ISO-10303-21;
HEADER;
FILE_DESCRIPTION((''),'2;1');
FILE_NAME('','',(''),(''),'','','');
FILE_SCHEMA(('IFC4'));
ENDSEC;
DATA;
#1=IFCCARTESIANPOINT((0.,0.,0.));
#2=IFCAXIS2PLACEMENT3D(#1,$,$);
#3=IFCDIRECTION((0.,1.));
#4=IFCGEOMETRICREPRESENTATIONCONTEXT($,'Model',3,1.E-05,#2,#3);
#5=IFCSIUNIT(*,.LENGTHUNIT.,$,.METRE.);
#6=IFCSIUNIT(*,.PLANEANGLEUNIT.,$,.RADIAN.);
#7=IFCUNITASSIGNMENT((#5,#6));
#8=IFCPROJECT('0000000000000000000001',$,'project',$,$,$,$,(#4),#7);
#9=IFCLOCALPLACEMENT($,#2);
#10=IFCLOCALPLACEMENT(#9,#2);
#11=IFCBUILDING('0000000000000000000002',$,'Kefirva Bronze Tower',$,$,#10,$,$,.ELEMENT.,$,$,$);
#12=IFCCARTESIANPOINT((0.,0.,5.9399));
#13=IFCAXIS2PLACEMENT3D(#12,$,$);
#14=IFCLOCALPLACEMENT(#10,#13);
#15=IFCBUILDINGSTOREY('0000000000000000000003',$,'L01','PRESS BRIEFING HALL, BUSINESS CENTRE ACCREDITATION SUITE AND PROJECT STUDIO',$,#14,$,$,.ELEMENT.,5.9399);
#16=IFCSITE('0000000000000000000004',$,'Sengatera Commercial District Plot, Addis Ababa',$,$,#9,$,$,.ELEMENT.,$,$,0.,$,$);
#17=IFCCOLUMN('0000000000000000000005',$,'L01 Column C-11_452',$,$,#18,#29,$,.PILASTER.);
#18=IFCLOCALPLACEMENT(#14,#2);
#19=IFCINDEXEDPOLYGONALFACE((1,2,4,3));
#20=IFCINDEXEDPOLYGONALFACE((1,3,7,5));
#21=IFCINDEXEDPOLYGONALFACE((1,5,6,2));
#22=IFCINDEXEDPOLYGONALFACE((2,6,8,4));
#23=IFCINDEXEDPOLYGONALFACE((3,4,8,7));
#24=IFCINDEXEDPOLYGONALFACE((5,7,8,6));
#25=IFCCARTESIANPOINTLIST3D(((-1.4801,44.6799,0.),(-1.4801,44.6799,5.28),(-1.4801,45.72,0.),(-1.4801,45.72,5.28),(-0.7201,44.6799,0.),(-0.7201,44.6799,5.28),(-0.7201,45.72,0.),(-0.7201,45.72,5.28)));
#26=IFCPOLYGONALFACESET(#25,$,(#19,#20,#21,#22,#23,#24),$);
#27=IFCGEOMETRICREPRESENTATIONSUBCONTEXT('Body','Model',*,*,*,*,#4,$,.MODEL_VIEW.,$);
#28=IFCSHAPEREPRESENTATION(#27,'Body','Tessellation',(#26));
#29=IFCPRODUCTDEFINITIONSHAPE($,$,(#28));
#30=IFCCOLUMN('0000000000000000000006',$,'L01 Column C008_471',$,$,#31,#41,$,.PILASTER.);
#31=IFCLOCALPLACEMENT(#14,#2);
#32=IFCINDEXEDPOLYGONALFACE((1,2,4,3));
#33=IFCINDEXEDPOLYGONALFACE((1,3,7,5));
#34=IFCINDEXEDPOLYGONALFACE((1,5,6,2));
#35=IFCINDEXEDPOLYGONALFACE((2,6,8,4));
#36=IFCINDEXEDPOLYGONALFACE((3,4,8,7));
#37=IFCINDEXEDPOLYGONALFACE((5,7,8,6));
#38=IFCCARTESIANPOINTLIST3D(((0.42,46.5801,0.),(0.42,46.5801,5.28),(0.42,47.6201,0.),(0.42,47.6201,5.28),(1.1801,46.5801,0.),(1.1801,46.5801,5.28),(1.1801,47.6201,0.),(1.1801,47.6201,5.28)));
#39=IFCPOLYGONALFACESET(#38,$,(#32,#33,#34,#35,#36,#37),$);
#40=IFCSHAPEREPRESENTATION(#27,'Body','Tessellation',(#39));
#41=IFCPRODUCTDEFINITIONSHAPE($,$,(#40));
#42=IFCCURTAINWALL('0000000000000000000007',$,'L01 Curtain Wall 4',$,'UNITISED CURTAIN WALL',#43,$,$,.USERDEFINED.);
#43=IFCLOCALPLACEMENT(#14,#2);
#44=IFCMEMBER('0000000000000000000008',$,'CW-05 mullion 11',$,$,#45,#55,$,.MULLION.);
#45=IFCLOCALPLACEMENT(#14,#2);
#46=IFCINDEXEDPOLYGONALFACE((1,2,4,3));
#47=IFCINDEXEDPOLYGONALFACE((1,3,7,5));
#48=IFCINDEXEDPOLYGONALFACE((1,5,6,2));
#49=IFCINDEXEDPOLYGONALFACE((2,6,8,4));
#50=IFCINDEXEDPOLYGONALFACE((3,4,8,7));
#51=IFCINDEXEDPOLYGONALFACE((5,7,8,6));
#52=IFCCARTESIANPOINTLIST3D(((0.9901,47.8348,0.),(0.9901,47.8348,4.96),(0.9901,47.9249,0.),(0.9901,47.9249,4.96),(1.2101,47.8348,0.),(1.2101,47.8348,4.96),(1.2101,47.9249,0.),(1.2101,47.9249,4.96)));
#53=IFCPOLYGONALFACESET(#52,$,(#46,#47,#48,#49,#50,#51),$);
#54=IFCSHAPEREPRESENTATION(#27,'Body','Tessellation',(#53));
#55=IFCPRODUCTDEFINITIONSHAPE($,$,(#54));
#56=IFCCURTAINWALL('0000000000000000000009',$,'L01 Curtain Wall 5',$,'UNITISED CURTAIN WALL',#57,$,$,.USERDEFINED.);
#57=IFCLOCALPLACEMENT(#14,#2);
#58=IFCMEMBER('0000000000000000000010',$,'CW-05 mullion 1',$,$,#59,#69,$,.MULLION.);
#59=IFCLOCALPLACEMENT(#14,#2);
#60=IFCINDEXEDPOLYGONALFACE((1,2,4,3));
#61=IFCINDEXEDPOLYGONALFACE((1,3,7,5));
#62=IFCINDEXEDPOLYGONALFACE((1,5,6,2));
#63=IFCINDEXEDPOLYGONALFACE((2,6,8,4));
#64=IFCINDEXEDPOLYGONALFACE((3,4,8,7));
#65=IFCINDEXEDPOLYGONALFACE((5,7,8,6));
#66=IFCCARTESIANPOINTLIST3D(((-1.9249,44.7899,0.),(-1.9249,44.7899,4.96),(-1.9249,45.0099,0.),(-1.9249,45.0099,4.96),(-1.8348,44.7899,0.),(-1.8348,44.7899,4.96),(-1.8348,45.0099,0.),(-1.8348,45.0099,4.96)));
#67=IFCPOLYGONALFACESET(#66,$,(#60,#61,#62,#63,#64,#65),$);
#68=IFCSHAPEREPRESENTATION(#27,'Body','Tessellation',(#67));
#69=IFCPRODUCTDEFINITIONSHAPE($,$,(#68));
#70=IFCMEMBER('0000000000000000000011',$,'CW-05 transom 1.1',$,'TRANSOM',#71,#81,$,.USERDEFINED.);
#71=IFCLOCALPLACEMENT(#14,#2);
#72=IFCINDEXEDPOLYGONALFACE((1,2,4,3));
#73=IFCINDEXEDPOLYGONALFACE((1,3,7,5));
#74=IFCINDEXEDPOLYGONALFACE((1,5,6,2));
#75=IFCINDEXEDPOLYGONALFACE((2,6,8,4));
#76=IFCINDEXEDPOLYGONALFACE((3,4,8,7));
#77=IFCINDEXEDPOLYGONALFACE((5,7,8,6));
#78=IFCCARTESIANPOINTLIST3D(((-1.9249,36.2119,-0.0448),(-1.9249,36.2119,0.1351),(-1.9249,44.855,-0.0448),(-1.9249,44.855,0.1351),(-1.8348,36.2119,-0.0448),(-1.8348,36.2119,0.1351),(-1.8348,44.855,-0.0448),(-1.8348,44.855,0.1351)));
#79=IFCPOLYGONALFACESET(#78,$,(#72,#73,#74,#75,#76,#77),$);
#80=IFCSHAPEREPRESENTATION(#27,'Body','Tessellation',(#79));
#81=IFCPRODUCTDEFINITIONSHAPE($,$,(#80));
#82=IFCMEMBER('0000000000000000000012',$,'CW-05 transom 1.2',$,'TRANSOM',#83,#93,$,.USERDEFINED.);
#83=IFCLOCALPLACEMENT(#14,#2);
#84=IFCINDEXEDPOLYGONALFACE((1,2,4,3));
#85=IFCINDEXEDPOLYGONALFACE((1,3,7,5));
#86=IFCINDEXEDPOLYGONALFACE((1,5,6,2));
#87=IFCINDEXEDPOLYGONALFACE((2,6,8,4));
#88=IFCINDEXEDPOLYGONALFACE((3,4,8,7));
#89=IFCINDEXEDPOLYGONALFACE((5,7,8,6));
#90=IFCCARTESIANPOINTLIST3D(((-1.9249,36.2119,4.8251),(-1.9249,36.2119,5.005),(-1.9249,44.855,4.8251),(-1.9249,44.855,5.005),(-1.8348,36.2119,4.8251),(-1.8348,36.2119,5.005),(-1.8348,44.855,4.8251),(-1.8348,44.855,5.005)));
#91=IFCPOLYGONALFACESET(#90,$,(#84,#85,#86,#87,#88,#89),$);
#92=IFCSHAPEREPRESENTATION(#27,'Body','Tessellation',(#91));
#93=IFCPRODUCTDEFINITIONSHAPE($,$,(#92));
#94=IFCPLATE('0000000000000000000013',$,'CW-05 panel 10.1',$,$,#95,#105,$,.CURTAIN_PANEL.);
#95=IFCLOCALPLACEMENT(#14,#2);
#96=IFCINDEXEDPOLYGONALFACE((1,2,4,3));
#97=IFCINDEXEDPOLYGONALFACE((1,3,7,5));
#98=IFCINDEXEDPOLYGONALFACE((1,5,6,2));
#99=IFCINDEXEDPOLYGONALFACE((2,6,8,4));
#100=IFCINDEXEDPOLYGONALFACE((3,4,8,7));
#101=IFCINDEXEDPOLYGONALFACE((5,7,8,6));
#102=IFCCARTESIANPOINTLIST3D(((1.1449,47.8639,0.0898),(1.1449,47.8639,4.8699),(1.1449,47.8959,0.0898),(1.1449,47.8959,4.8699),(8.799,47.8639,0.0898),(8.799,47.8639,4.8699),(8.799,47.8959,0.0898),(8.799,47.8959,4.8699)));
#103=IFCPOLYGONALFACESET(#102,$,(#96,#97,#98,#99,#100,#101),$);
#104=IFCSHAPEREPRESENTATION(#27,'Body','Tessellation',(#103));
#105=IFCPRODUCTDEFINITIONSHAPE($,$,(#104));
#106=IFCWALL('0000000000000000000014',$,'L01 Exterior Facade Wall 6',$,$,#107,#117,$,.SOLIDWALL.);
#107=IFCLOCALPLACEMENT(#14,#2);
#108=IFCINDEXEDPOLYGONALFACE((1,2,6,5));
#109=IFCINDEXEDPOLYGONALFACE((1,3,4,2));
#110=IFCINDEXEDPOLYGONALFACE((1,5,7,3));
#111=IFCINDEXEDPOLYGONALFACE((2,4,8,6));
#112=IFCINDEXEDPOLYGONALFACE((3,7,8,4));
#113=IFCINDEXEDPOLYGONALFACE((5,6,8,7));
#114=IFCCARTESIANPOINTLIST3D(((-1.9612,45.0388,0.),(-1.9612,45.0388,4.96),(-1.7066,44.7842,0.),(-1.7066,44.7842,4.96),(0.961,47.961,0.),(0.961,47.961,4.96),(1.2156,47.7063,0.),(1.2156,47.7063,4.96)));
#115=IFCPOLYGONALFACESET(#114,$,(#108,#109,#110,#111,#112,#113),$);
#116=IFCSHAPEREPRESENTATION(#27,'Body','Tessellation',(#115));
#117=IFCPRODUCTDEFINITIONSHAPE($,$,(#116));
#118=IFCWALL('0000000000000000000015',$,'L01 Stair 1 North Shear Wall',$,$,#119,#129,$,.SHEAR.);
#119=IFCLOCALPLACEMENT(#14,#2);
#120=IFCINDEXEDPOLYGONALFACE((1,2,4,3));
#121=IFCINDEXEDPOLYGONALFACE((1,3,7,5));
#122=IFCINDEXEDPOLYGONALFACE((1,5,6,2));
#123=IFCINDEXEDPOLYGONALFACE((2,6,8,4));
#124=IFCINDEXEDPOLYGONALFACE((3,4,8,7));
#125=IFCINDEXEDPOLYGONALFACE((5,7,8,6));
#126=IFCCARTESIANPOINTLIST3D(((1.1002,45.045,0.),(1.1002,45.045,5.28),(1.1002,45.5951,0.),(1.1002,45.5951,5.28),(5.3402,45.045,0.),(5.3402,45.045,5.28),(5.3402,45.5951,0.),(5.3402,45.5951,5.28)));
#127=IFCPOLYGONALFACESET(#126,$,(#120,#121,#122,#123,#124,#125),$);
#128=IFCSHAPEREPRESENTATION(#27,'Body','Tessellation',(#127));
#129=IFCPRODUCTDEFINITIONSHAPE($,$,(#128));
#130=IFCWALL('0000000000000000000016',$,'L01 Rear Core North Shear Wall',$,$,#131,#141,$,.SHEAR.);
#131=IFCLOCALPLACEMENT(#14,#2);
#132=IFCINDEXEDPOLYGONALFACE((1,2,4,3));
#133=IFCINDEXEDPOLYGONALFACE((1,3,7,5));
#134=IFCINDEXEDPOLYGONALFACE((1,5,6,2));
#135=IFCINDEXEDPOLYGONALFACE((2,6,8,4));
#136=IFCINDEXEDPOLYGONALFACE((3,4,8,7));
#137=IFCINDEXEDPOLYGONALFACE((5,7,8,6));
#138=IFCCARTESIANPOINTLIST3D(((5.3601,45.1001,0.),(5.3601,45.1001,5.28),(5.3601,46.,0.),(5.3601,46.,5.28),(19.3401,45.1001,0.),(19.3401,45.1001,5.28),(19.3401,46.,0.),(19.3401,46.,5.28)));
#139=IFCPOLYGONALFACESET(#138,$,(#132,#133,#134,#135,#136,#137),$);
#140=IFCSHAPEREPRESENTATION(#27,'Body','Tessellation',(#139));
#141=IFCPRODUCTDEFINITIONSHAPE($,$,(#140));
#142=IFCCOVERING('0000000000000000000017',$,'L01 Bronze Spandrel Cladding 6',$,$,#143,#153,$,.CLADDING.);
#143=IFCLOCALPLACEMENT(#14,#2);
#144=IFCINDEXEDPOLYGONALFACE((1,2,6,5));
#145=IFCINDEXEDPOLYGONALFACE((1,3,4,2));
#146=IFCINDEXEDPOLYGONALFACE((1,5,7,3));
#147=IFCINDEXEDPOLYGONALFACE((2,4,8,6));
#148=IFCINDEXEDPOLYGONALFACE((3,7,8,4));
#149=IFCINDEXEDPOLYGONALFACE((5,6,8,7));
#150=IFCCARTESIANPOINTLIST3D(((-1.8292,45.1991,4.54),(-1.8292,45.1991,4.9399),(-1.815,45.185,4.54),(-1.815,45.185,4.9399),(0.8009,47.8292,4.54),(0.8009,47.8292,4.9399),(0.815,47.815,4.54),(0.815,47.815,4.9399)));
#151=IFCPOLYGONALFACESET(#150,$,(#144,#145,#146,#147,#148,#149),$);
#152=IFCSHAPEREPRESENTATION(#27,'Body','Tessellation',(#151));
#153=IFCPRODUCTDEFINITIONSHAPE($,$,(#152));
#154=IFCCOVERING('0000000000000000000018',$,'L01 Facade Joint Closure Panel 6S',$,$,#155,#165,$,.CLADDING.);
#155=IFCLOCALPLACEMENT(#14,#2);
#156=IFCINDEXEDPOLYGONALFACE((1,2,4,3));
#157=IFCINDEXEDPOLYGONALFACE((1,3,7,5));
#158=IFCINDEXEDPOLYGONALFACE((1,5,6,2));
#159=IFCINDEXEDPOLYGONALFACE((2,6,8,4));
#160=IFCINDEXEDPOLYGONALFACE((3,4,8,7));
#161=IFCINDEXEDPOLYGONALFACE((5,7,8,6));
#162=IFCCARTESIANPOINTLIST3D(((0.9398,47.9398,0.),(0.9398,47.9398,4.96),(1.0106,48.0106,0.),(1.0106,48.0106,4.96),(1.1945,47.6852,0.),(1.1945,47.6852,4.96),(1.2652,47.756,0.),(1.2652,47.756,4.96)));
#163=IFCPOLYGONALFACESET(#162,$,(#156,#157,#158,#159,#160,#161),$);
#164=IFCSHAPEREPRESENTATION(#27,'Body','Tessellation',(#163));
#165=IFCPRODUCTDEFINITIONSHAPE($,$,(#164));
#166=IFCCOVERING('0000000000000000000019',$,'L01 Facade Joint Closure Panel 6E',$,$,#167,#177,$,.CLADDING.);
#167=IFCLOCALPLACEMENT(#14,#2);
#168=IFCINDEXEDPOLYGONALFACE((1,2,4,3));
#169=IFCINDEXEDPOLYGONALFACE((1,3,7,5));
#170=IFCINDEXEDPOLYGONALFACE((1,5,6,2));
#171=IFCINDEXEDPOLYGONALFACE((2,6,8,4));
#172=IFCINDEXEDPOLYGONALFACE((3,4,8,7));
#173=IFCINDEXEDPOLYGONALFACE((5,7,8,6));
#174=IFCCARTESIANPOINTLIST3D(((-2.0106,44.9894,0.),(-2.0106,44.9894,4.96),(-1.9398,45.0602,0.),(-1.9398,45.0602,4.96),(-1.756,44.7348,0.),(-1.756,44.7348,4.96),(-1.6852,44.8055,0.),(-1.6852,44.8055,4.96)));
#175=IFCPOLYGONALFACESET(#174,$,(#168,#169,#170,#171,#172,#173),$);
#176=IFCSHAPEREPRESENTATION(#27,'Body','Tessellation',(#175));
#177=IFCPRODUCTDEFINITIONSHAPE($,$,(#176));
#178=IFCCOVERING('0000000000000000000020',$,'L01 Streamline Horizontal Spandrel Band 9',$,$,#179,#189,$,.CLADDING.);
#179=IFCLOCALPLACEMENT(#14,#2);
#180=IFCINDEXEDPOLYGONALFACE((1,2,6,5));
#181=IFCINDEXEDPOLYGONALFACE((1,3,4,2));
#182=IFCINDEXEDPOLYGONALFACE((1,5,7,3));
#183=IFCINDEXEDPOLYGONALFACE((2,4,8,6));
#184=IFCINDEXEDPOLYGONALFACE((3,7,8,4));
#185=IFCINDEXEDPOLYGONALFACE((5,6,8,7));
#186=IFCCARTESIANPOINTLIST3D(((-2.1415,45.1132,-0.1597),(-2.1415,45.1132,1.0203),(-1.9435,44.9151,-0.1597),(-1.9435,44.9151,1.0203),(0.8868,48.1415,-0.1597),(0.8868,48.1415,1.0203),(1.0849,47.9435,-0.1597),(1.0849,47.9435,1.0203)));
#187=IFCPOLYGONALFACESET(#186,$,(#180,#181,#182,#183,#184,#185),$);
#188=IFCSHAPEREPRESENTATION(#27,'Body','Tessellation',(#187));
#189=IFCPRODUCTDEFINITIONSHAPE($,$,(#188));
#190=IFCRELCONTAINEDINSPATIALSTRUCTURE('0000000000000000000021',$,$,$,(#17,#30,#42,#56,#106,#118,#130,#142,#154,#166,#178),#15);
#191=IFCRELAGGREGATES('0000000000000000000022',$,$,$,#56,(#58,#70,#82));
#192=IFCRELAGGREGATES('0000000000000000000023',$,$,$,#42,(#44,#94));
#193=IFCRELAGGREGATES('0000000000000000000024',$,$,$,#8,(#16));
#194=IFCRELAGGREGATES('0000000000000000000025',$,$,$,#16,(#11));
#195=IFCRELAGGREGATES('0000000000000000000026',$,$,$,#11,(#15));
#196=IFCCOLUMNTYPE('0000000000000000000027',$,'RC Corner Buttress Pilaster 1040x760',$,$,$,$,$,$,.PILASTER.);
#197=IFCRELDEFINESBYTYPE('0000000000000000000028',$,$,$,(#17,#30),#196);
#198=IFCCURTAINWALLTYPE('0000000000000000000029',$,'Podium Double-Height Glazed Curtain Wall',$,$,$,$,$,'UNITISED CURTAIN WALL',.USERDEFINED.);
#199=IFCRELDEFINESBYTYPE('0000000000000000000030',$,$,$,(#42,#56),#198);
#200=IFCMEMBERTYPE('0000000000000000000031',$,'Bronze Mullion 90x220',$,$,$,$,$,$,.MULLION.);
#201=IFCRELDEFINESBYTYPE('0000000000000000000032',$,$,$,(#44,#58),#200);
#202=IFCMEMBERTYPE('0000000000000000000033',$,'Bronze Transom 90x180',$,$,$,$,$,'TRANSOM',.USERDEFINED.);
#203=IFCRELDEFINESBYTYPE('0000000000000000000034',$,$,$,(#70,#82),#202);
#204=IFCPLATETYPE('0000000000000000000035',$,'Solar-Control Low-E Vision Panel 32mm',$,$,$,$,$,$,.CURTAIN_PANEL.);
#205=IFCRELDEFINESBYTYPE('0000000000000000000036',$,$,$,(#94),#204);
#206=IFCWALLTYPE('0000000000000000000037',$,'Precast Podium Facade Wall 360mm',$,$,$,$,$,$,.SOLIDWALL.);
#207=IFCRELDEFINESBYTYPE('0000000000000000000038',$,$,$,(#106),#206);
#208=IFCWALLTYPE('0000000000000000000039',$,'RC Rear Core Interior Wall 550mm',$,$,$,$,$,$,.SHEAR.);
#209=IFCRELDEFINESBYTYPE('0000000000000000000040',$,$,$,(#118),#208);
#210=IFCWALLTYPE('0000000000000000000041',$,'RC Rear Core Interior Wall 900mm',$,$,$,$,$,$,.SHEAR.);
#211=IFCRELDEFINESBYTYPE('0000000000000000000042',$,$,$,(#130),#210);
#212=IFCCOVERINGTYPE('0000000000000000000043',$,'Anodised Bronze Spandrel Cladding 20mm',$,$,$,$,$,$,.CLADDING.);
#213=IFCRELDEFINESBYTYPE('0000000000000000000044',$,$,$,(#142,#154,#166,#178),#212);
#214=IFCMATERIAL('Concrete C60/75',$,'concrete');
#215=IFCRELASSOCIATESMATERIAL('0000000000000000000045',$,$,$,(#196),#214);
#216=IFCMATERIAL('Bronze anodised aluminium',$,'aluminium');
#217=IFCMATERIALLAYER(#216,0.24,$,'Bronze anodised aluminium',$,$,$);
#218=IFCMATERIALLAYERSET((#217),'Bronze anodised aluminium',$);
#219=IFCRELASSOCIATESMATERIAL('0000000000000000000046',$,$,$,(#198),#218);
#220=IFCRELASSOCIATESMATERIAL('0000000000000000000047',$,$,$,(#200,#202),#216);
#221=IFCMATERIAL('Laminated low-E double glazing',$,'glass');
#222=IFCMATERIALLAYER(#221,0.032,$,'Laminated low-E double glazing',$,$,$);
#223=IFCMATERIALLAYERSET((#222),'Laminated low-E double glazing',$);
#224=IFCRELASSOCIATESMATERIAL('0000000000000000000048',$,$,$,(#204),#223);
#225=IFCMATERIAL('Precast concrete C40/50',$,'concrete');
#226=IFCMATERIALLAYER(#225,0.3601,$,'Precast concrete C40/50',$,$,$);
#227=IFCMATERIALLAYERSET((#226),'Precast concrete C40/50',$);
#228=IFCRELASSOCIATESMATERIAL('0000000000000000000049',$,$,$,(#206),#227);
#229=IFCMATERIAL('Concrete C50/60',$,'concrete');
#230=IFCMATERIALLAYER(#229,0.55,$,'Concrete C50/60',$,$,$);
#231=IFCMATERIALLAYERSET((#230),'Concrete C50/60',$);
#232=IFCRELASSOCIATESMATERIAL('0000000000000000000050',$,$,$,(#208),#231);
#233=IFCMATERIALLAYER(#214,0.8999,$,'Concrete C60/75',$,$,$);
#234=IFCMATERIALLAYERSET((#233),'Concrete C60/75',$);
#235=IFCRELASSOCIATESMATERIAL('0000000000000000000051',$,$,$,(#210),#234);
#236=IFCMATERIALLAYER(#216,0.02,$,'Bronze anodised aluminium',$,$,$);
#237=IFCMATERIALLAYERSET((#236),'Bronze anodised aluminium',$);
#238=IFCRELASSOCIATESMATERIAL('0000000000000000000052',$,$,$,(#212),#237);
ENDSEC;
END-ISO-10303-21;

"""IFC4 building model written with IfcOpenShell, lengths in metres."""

from ifc_helpers import new_model, si_unit, direction, frame, frame_2d, origin, origin_2d, place, context, subcontext, project, spatial, rectangle, extrude, material, layer, layer_set, material_profile, profile_set, type_object, element, aggregate, save


model = new_model("IFC4")

# Units and contexts
model_context = context("Model", 3, precision=1e-05, world=origin(), true_north=direction((0.0, 1.0)))
body_context = subcontext(model_context, "Body", "Model", "MODEL_VIEW")
ifc_project = project(units=[si_unit("LENGTHUNIT", "METRE"), si_unit("PLANEANGLEUNIT", "RADIAN")], contexts=[model_context])

# Site, building, storey
site_placement = place(None, origin())
site = spatial("IfcSite", under=ifc_project, at=site_placement, Name="Sengatera Commercial District Plot, Addis Ababa", CompositionType="ELEMENT", RefElevation=0.0)
building_placement = place(site_placement, origin())
building = spatial("IfcBuilding", under=site, at=building_placement, Name="Kefirva Bronze Tower", CompositionType="ELEMENT")
storey_placement = place(building_placement, frame((0.0, 0.0, 5.9399)))
storey = spatial("IfcBuildingStorey", under=building, at=storey_placement, Name="L01", Description="PRESS BRIEFING HALL, BUSINESS CENTRE ACCREDITATION SUITE AND PROJECT STUDIO", CompositionType="ELEMENT", Elevation=5.9399)

# Columns
ifc_material_1 = material(Name="Concrete C60/75", Category="concrete")
ifc_material_profile_1 = material_profile(ifc_material_1, rectangle(XDim=0.76, YDim=1.04, at=origin_2d()), Name="RC 760x1040")
ifc_profile_set_1 = profile_set([ifc_material_profile_1], Name="Concrete C60/75")
column_type = type_object("IfcColumnType", Name="RC Corner Buttress Pilaster 1040x760", PredefinedType="PILASTER", material=ifc_profile_set_1)
for number, where, z_axis, x_axis, name in (
    (1, (-1.1001, 45.2, 0.0), (0.0, 0.0, 1.0), (1.0, 0.0, 0.0), "L01 Column C-11_452"),
    (2, (0.8, 47.1001, 0.0), (0.0, 0.0, 1.0), (1.0, 0.0, 0.0), "L01 Column C008_471"),
):
    element("IfcColumn", number, at=place(storey_placement, frame(where, z_axis=z_axis, x_axis=x_axis)), inside=storey, type_object=column_type, Name=name, PredefinedType="PILASTER", context=body_context, shape_type="SweptSolid", body=[
        extrude(rectangle(XDim=0.76, YDim=1.04, at=origin_2d()), origin(), (0.0, 0.0, 1.0), 5.28),
    ])

# Curtain wall, member
ifc_material_2 = material(Name="Bronze anodised aluminium", Category="aluminium")
ifc_layer_1 = layer(ifc_material_2, 0.24, Name="Bronze anodised aluminium")
ifc_layer_set_1 = layer_set([ifc_layer_1], Name="Bronze anodised aluminium")
curtain_wall_type = type_object("IfcCurtainWallType", Name="Podium Double-Height Glazed Curtain Wall", ElementType="UNITISED CURTAIN WALL", PredefinedType="USERDEFINED", material=ifc_layer_set_1)
curtain_wall_1_placement = place(storey_placement, origin())
curtain_wall_1 = element("IfcCurtainWall", 3, at=curtain_wall_1_placement, inside=storey, type_object=curtain_wall_type, Name="L01 Curtain Wall 4", ObjectType="UNITISED CURTAIN WALL", PredefinedType="USERDEFINED")
ifc_material_profile_2 = material_profile(ifc_material_2, rectangle(XDim=0.0901, YDim=0.22, at=origin_2d()), Name="ALU 90x220")
ifc_profile_set_2 = profile_set([ifc_material_profile_2], Name="Bronze anodised aluminium")
member_type_1 = type_object("IfcMemberType", Name="Bronze Mullion 90x220", PredefinedType="MULLION", material=ifc_profile_set_2)
member_1_placement = place(storey_placement, frame((1.1001, 47.8799, 0.0), z_axis=(0.0, 0.0, 1.0), x_axis=(0.0, -1.0, 0.0)))
member_1 = element("IfcMember", 4, at=member_1_placement, type_object=member_type_1, Name="CW-05 mullion 11", PredefinedType="MULLION", context=body_context, shape_type="SweptSolid", body=[
    extrude(rectangle(XDim=0.0901, YDim=0.22, at=origin_2d()), origin(), (0.0, 0.0, 1.0), 4.96),
])

# Curtain wall, members
curtain_wall_2_placement = place(storey_placement, origin())
curtain_wall_2 = element("IfcCurtainWall", 5, at=curtain_wall_2_placement, inside=storey, type_object=curtain_wall_type, Name="L01 Curtain Wall 5", ObjectType="UNITISED CURTAIN WALL", PredefinedType="USERDEFINED")
member_2_placement = place(storey_placement, frame((-1.8799, 44.8999, 0.0), z_axis=(0.0, 0.0, 1.0), x_axis=(1.0, 0.0, 0.0)))
member_2 = element("IfcMember", 6, at=member_2_placement, type_object=member_type_1, Name="CW-05 mullion 1", PredefinedType="MULLION", context=body_context, shape_type="SweptSolid", body=[
    extrude(rectangle(XDim=0.0901, YDim=0.22, at=origin_2d()), origin(), (0.0, 0.0, 1.0), 4.96),
])
ifc_material_profile_3 = material_profile(ifc_material_2, rectangle(XDim=0.0901, YDim=0.1799, at=origin_2d()), Name="ALU 90x180")
ifc_profile_set_3 = profile_set([ifc_material_profile_3], Name="Bronze anodised aluminium")
member_type_2 = type_object("IfcMemberType", Name="Bronze Transom 90x180", ElementType="TRANSOM", PredefinedType="USERDEFINED", material=ifc_profile_set_3)
member_3_placement = place(storey_placement, frame((-1.8799, 44.855, 0.0452), z_axis=(0.0, -1.0, 0.0), x_axis=(1.0, 0.0, 0.0)))
member_3 = element("IfcMember", 7, at=member_3_placement, type_object=member_type_2, Name="CW-05 transom 1.1", ObjectType="TRANSOM", PredefinedType="USERDEFINED", context=body_context, shape_type="SweptSolid", body=[
    extrude(rectangle(XDim=0.0901, YDim=0.1799, at=origin_2d()), origin(), (0.0, 0.0, 1.0), 8.6431),
])
member_4_placement = place(storey_placement, frame((-1.8799, 44.855, 4.915), z_axis=(0.0, -1.0, 0.0), x_axis=(1.0, 0.0, 0.0)))
member_4 = element("IfcMember", 8, at=member_4_placement, type_object=member_type_2, Name="CW-05 transom 1.2", ObjectType="TRANSOM", PredefinedType="USERDEFINED", context=body_context, shape_type="SweptSolid", body=[
    extrude(rectangle(XDim=0.0901, YDim=0.1799, at=origin_2d()), origin(), (0.0, 0.0, 1.0), 8.6431),
])
aggregate(curtain_wall_2, [member_2, member_3, member_4])

# Plate
ifc_material_3 = material(Name="Laminated low-E double glazing", Category="glass")
ifc_layer_2 = layer(ifc_material_3, 0.032, Name="Laminated low-E double glazing")
ifc_layer_set_2 = layer_set([ifc_layer_2], Name="Laminated low-E double glazing")
plate_type = type_object("IfcPlateType", Name="Solar-Control Low-E Vision Panel 32mm", PredefinedType="CURTAIN_PANEL", material=ifc_layer_set_2)
plate_placement = place(storey_placement, frame((4.9719, 47.8799, 0.0898), z_axis=(0.0, 0.0, 1.0), x_axis=(-1.0, 0.0, 0.0)))
plate = element("IfcPlate", 9, at=plate_placement, type_object=plate_type, Name="CW-05 panel 10.1", PredefinedType="CURTAIN_PANEL", context=body_context, shape_type="SweptSolid", body=[
    extrude(rectangle(XDim=7.6541, YDim=0.032, at=origin_2d()), origin(), (0.0, 0.0, 1.0), 4.78),
])
aggregate(curtain_wall_1, [member_1, plate])

# Walls
ifc_material_4 = material(Name="Precast concrete C40/50", Category="concrete")
ifc_layer_3 = layer(ifc_material_4, 0.3601, Name="Precast concrete C40/50")
ifc_layer_set_3 = layer_set([ifc_layer_3], Name="Precast concrete C40/50")
wall_type_1 = type_object("IfcWallType", Name="Precast Podium Facade Wall 360mm", PredefinedType="SOLIDWALL", material=ifc_layer_set_3)
wall_1_placement = place(storey_placement, frame((1.0884, 47.8337, 0.0), z_axis=(0.0, 0.0, 1.0), x_axis=(-0.707107, -0.707107, 0.0)))
element("IfcWall", 10, at=wall_1_placement, inside=storey, type_object=wall_type_1, Name="L01 Exterior Facade Wall 6", PredefinedType="SOLIDWALL", context=body_context, shape_type="SweptSolid", body=[
    extrude(rectangle(XDim=4.1326, YDim=0.3601, at=frame_2d((2.0664, 0.0))), origin(), (0.0, 0.0, 1.0), 4.96),
])
ifc_material_5 = material(Name="Concrete C50/60", Category="concrete")
ifc_layer_4 = layer(ifc_material_5, 0.55, Name="Concrete C50/60")
ifc_layer_set_4 = layer_set([ifc_layer_4], Name="Concrete C50/60")
wall_type_2 = type_object("IfcWallType", Name="RC Rear Core Interior Wall 550mm", PredefinedType="SHEAR", material=ifc_layer_set_4)
wall_2_placement = place(storey_placement, frame((1.1001, 45.3201, 0.0), z_axis=(0.0, 0.0, 1.0), x_axis=(1.0, 0.0, 0.0)))
element("IfcWall", 11, at=wall_2_placement, inside=storey, type_object=wall_type_2, Name="L01 Stair 1 North Shear Wall", PredefinedType="SHEAR", context=body_context, shape_type="SweptSolid", body=[
    extrude(rectangle(XDim=4.24, YDim=0.55, at=frame_2d((2.1201, 0.0))), origin(), (0.0, 0.0, 1.0), 5.28),
])
ifc_layer_5 = layer(ifc_material_1, 0.8999, Name="Concrete C60/75")
ifc_layer_set_5 = layer_set([ifc_layer_5], Name="Concrete C60/75")
wall_type_3 = type_object("IfcWallType", Name="RC Rear Core Interior Wall 900mm", PredefinedType="SHEAR", material=ifc_layer_set_5)
wall_3_placement = place(storey_placement, frame((5.3601, 45.55, 0.0), z_axis=(0.0, 0.0, 1.0), x_axis=(1.0, 0.0, 0.0)))
element("IfcWall", 12, at=wall_3_placement, inside=storey, type_object=wall_type_3, Name="L01 Rear Core North Shear Wall", PredefinedType="SHEAR", context=body_context, shape_type="SweptSolid", body=[
    extrude(rectangle(XDim=13.98, YDim=0.8999, at=frame_2d((6.99, 0.0))), origin(), (0.0, 0.0, 1.0), 5.28),
])

# Coverings
ifc_layer_6 = layer(ifc_material_2, 0.02, Name="Bronze anodised aluminium")
ifc_layer_set_6 = layer_set([ifc_layer_6], Name="Bronze anodised aluminium")
covering_type_1 = type_object("IfcCoveringType", Name="Anodised Bronze Spandrel Cladding 20mm", PredefinedType="CLADDING", material=ifc_layer_set_6)
covering_1_placement = place(storey_placement, frame((-0.5071, 46.5071, 4.54), z_axis=(0.0, 0.0, 1.0), x_axis=(-0.707107, -0.707107, 0.0)))
element("IfcCovering", 13, at=covering_1_placement, inside=storey, type_object=covering_type_1, Name="L01 Bronze Spandrel Cladding 6", PredefinedType="CLADDING", context=body_context, shape_type="SweptSolid", body=[
    extrude(rectangle(XDim=3.7195, YDim=0.02, at=origin_2d()), origin(), (0.0, 0.0, 1.0), 0.3999),
])
for number, where, z_axis, x_axis, name in (
    (14, (1.1025, 47.8479, 0.0), (0.0, 0.0, 1.0), (-0.707107, -0.707107, 0.0), "L01 Facade Joint Closure Panel 6S"),
    (15, (-1.8479, 44.8975, 0.0), (0.0, 0.0, 1.0), (-0.707107, -0.707107, 0.0), "L01 Facade Joint Closure Panel 6E"),
):
    element("IfcCovering", number, at=place(storey_placement, frame(where, z_axis=z_axis, x_axis=x_axis)), inside=storey, type_object=covering_type_1, Name=name, PredefinedType="CLADDING", context=body_context, shape_type="SweptSolid", body=[
        extrude(rectangle(XDim=0.1001, YDim=0.3601, at=origin_2d()), origin(), (0.0, 0.0, 1.0), 4.96),
    ])
covering_2_placement = place(storey_placement, frame((-0.5283, 46.5283, -0.1597), z_axis=(0.0, 0.0, 1.0), x_axis=(-0.707107, -0.707107, 0.0)))
element("IfcCovering", 16, at=covering_2_placement, inside=storey, type_object=covering_type_1, Name="L01 Streamline Horizontal Spandrel Band 9", PredefinedType="CLADDING", context=body_context, shape_type="SweptSolid", body=[
    extrude(rectangle(XDim=4.2827, YDim=0.28, at=origin_2d()), origin(), (0.0, 0.0, 1.0), 1.1799),
])

save(model, "model.ifc")
